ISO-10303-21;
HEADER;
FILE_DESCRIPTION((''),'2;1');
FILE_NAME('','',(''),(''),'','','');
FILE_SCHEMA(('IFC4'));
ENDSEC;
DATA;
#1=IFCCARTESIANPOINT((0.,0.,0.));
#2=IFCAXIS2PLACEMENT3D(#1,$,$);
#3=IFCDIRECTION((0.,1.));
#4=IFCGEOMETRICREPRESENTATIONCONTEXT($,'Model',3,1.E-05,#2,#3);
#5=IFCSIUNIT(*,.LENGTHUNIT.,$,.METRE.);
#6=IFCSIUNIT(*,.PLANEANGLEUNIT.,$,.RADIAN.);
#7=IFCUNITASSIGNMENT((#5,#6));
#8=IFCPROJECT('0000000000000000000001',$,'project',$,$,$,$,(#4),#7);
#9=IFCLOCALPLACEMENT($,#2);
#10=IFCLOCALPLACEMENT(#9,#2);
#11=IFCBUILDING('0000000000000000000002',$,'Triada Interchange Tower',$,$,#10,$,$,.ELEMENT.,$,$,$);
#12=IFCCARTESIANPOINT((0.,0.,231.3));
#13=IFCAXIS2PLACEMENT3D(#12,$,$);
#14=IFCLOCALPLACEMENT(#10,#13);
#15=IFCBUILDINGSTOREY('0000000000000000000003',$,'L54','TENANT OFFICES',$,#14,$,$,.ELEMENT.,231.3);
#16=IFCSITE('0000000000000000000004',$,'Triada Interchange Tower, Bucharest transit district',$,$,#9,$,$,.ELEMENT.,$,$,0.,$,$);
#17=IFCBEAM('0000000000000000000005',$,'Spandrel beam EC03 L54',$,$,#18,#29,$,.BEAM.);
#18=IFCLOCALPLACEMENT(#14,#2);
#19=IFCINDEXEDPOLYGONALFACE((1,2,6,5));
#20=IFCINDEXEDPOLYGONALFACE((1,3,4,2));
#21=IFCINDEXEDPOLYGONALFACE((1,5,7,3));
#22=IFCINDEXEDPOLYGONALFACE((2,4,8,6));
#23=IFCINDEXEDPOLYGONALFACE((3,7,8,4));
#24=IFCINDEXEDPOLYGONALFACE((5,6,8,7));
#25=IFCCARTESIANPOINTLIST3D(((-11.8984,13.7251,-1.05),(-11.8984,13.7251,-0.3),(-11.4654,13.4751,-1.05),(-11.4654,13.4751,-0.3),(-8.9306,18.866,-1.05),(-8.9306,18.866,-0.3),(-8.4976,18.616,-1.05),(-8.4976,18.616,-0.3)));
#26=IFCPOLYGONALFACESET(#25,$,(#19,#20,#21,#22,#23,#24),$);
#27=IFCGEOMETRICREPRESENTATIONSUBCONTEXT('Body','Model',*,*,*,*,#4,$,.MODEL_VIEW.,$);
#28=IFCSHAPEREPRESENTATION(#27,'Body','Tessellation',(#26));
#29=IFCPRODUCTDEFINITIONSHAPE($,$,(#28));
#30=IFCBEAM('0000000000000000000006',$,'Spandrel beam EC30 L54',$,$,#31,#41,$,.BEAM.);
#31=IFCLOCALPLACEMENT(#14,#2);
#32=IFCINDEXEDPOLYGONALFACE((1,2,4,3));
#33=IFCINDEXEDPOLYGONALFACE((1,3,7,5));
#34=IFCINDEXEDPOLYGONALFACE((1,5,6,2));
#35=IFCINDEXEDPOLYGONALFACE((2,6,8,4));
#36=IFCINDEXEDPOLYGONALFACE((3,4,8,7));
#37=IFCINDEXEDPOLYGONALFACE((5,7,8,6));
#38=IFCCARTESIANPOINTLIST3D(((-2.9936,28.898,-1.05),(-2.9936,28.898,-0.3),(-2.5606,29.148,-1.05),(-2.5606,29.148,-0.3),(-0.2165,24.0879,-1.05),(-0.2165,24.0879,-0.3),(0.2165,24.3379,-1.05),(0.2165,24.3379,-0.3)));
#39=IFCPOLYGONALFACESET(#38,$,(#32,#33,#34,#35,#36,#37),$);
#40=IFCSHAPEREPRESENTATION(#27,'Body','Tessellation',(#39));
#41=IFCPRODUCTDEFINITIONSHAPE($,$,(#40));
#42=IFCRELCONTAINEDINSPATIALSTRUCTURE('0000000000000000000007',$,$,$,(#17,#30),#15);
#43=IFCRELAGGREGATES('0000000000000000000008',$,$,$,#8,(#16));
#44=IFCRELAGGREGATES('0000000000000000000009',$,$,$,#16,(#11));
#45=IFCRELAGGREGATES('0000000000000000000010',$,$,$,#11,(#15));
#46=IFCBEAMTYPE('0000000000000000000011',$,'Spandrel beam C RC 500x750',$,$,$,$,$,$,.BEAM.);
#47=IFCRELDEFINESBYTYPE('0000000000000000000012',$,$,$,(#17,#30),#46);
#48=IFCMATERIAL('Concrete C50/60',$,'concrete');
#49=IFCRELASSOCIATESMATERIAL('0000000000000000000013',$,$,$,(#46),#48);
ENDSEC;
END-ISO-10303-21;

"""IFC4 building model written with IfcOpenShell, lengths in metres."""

from ifc_helpers import new_model, si_unit, direction, frame, origin, origin_2d, place, context, subcontext, project, spatial, rectangle, extrude, material, material_profile, profile_set, type_object, element, save


model = new_model("IFC4")

# Units and contexts
model_context = context("Model", 3, precision=1e-05, world=origin(), true_north=direction((0.0, 1.0)))
body_context = subcontext(model_context, "Body", "Model", "MODEL_VIEW")
ifc_project = project(units=[si_unit("LENGTHUNIT", "METRE"), si_unit("PLANEANGLEUNIT", "RADIAN")], contexts=[model_context])

# Site, building, storey
site_placement = place(None, origin())
site = spatial("IfcSite", under=ifc_project, at=site_placement, Name="Triada Interchange Tower, Bucharest transit district", CompositionType="ELEMENT", RefElevation=0.0)
building_placement = place(site_placement, origin())
building = spatial("IfcBuilding", under=site, at=building_placement, Name="Triada Interchange Tower", CompositionType="ELEMENT")
storey_placement = place(building_placement, frame((0.0, 0.0, 231.3)))
storey = spatial("IfcBuildingStorey", under=building, at=storey_placement, Name="L54", Description="TENANT OFFICES", CompositionType="ELEMENT", Elevation=231.3)

# Shared definitions
ifc_material_1 = material(Name="Concrete C50/60", Category="concrete")

# Beams
ifc_material_profile_1 = material_profile(ifc_material_1, rectangle(XDim=0.5, YDim=0.75, at=origin_2d()), Name="RC 500x750")
ifc_profile_set_1 = profile_set([ifc_material_profile_1], Name="Concrete C50/60")
beam_type_1 = type_object("IfcBeamType", Name="Spandrel beam C RC 500x750", PredefinedType="BEAM", material=ifc_profile_set_1)
beam_1_placement = place(storey_placement, frame((-8.7141, 18.741, -0.675), z_axis=(-0.499961, -0.866048, 0.0), x_axis=(0.866048, -0.499961, 0.0)))
element("IfcBeam", 1, at=beam_1_placement, inside=storey, type_object=beam_type_1, Name="Spandrel beam EC03 L54", PredefinedType="BEAM", context=body_context, shape_type="SweptSolid", body=[
    extrude(rectangle(XDim=0.5, YDim=0.75, at=origin_2d()), origin(), (0.0, 0.0, 1.0), 5.936),
])
beam_2_placement = place(storey_placement, frame((0.0, 24.2129, -0.675), z_axis=(-0.500001, 0.866025, 0.0), x_axis=(-0.866025, -0.500001, 0.0)))
element("IfcBeam", 2, at=beam_2_placement, inside=storey, type_object=beam_type_1, Name="Spandrel beam EC30 L54", PredefinedType="BEAM", context=body_context, shape_type="SweptSolid", body=[
    extrude(rectangle(XDim=0.5, YDim=0.75, at=origin_2d()), origin(), (0.0, 0.0, 1.0), 5.5542),
])

save(model, "model.ifc")
